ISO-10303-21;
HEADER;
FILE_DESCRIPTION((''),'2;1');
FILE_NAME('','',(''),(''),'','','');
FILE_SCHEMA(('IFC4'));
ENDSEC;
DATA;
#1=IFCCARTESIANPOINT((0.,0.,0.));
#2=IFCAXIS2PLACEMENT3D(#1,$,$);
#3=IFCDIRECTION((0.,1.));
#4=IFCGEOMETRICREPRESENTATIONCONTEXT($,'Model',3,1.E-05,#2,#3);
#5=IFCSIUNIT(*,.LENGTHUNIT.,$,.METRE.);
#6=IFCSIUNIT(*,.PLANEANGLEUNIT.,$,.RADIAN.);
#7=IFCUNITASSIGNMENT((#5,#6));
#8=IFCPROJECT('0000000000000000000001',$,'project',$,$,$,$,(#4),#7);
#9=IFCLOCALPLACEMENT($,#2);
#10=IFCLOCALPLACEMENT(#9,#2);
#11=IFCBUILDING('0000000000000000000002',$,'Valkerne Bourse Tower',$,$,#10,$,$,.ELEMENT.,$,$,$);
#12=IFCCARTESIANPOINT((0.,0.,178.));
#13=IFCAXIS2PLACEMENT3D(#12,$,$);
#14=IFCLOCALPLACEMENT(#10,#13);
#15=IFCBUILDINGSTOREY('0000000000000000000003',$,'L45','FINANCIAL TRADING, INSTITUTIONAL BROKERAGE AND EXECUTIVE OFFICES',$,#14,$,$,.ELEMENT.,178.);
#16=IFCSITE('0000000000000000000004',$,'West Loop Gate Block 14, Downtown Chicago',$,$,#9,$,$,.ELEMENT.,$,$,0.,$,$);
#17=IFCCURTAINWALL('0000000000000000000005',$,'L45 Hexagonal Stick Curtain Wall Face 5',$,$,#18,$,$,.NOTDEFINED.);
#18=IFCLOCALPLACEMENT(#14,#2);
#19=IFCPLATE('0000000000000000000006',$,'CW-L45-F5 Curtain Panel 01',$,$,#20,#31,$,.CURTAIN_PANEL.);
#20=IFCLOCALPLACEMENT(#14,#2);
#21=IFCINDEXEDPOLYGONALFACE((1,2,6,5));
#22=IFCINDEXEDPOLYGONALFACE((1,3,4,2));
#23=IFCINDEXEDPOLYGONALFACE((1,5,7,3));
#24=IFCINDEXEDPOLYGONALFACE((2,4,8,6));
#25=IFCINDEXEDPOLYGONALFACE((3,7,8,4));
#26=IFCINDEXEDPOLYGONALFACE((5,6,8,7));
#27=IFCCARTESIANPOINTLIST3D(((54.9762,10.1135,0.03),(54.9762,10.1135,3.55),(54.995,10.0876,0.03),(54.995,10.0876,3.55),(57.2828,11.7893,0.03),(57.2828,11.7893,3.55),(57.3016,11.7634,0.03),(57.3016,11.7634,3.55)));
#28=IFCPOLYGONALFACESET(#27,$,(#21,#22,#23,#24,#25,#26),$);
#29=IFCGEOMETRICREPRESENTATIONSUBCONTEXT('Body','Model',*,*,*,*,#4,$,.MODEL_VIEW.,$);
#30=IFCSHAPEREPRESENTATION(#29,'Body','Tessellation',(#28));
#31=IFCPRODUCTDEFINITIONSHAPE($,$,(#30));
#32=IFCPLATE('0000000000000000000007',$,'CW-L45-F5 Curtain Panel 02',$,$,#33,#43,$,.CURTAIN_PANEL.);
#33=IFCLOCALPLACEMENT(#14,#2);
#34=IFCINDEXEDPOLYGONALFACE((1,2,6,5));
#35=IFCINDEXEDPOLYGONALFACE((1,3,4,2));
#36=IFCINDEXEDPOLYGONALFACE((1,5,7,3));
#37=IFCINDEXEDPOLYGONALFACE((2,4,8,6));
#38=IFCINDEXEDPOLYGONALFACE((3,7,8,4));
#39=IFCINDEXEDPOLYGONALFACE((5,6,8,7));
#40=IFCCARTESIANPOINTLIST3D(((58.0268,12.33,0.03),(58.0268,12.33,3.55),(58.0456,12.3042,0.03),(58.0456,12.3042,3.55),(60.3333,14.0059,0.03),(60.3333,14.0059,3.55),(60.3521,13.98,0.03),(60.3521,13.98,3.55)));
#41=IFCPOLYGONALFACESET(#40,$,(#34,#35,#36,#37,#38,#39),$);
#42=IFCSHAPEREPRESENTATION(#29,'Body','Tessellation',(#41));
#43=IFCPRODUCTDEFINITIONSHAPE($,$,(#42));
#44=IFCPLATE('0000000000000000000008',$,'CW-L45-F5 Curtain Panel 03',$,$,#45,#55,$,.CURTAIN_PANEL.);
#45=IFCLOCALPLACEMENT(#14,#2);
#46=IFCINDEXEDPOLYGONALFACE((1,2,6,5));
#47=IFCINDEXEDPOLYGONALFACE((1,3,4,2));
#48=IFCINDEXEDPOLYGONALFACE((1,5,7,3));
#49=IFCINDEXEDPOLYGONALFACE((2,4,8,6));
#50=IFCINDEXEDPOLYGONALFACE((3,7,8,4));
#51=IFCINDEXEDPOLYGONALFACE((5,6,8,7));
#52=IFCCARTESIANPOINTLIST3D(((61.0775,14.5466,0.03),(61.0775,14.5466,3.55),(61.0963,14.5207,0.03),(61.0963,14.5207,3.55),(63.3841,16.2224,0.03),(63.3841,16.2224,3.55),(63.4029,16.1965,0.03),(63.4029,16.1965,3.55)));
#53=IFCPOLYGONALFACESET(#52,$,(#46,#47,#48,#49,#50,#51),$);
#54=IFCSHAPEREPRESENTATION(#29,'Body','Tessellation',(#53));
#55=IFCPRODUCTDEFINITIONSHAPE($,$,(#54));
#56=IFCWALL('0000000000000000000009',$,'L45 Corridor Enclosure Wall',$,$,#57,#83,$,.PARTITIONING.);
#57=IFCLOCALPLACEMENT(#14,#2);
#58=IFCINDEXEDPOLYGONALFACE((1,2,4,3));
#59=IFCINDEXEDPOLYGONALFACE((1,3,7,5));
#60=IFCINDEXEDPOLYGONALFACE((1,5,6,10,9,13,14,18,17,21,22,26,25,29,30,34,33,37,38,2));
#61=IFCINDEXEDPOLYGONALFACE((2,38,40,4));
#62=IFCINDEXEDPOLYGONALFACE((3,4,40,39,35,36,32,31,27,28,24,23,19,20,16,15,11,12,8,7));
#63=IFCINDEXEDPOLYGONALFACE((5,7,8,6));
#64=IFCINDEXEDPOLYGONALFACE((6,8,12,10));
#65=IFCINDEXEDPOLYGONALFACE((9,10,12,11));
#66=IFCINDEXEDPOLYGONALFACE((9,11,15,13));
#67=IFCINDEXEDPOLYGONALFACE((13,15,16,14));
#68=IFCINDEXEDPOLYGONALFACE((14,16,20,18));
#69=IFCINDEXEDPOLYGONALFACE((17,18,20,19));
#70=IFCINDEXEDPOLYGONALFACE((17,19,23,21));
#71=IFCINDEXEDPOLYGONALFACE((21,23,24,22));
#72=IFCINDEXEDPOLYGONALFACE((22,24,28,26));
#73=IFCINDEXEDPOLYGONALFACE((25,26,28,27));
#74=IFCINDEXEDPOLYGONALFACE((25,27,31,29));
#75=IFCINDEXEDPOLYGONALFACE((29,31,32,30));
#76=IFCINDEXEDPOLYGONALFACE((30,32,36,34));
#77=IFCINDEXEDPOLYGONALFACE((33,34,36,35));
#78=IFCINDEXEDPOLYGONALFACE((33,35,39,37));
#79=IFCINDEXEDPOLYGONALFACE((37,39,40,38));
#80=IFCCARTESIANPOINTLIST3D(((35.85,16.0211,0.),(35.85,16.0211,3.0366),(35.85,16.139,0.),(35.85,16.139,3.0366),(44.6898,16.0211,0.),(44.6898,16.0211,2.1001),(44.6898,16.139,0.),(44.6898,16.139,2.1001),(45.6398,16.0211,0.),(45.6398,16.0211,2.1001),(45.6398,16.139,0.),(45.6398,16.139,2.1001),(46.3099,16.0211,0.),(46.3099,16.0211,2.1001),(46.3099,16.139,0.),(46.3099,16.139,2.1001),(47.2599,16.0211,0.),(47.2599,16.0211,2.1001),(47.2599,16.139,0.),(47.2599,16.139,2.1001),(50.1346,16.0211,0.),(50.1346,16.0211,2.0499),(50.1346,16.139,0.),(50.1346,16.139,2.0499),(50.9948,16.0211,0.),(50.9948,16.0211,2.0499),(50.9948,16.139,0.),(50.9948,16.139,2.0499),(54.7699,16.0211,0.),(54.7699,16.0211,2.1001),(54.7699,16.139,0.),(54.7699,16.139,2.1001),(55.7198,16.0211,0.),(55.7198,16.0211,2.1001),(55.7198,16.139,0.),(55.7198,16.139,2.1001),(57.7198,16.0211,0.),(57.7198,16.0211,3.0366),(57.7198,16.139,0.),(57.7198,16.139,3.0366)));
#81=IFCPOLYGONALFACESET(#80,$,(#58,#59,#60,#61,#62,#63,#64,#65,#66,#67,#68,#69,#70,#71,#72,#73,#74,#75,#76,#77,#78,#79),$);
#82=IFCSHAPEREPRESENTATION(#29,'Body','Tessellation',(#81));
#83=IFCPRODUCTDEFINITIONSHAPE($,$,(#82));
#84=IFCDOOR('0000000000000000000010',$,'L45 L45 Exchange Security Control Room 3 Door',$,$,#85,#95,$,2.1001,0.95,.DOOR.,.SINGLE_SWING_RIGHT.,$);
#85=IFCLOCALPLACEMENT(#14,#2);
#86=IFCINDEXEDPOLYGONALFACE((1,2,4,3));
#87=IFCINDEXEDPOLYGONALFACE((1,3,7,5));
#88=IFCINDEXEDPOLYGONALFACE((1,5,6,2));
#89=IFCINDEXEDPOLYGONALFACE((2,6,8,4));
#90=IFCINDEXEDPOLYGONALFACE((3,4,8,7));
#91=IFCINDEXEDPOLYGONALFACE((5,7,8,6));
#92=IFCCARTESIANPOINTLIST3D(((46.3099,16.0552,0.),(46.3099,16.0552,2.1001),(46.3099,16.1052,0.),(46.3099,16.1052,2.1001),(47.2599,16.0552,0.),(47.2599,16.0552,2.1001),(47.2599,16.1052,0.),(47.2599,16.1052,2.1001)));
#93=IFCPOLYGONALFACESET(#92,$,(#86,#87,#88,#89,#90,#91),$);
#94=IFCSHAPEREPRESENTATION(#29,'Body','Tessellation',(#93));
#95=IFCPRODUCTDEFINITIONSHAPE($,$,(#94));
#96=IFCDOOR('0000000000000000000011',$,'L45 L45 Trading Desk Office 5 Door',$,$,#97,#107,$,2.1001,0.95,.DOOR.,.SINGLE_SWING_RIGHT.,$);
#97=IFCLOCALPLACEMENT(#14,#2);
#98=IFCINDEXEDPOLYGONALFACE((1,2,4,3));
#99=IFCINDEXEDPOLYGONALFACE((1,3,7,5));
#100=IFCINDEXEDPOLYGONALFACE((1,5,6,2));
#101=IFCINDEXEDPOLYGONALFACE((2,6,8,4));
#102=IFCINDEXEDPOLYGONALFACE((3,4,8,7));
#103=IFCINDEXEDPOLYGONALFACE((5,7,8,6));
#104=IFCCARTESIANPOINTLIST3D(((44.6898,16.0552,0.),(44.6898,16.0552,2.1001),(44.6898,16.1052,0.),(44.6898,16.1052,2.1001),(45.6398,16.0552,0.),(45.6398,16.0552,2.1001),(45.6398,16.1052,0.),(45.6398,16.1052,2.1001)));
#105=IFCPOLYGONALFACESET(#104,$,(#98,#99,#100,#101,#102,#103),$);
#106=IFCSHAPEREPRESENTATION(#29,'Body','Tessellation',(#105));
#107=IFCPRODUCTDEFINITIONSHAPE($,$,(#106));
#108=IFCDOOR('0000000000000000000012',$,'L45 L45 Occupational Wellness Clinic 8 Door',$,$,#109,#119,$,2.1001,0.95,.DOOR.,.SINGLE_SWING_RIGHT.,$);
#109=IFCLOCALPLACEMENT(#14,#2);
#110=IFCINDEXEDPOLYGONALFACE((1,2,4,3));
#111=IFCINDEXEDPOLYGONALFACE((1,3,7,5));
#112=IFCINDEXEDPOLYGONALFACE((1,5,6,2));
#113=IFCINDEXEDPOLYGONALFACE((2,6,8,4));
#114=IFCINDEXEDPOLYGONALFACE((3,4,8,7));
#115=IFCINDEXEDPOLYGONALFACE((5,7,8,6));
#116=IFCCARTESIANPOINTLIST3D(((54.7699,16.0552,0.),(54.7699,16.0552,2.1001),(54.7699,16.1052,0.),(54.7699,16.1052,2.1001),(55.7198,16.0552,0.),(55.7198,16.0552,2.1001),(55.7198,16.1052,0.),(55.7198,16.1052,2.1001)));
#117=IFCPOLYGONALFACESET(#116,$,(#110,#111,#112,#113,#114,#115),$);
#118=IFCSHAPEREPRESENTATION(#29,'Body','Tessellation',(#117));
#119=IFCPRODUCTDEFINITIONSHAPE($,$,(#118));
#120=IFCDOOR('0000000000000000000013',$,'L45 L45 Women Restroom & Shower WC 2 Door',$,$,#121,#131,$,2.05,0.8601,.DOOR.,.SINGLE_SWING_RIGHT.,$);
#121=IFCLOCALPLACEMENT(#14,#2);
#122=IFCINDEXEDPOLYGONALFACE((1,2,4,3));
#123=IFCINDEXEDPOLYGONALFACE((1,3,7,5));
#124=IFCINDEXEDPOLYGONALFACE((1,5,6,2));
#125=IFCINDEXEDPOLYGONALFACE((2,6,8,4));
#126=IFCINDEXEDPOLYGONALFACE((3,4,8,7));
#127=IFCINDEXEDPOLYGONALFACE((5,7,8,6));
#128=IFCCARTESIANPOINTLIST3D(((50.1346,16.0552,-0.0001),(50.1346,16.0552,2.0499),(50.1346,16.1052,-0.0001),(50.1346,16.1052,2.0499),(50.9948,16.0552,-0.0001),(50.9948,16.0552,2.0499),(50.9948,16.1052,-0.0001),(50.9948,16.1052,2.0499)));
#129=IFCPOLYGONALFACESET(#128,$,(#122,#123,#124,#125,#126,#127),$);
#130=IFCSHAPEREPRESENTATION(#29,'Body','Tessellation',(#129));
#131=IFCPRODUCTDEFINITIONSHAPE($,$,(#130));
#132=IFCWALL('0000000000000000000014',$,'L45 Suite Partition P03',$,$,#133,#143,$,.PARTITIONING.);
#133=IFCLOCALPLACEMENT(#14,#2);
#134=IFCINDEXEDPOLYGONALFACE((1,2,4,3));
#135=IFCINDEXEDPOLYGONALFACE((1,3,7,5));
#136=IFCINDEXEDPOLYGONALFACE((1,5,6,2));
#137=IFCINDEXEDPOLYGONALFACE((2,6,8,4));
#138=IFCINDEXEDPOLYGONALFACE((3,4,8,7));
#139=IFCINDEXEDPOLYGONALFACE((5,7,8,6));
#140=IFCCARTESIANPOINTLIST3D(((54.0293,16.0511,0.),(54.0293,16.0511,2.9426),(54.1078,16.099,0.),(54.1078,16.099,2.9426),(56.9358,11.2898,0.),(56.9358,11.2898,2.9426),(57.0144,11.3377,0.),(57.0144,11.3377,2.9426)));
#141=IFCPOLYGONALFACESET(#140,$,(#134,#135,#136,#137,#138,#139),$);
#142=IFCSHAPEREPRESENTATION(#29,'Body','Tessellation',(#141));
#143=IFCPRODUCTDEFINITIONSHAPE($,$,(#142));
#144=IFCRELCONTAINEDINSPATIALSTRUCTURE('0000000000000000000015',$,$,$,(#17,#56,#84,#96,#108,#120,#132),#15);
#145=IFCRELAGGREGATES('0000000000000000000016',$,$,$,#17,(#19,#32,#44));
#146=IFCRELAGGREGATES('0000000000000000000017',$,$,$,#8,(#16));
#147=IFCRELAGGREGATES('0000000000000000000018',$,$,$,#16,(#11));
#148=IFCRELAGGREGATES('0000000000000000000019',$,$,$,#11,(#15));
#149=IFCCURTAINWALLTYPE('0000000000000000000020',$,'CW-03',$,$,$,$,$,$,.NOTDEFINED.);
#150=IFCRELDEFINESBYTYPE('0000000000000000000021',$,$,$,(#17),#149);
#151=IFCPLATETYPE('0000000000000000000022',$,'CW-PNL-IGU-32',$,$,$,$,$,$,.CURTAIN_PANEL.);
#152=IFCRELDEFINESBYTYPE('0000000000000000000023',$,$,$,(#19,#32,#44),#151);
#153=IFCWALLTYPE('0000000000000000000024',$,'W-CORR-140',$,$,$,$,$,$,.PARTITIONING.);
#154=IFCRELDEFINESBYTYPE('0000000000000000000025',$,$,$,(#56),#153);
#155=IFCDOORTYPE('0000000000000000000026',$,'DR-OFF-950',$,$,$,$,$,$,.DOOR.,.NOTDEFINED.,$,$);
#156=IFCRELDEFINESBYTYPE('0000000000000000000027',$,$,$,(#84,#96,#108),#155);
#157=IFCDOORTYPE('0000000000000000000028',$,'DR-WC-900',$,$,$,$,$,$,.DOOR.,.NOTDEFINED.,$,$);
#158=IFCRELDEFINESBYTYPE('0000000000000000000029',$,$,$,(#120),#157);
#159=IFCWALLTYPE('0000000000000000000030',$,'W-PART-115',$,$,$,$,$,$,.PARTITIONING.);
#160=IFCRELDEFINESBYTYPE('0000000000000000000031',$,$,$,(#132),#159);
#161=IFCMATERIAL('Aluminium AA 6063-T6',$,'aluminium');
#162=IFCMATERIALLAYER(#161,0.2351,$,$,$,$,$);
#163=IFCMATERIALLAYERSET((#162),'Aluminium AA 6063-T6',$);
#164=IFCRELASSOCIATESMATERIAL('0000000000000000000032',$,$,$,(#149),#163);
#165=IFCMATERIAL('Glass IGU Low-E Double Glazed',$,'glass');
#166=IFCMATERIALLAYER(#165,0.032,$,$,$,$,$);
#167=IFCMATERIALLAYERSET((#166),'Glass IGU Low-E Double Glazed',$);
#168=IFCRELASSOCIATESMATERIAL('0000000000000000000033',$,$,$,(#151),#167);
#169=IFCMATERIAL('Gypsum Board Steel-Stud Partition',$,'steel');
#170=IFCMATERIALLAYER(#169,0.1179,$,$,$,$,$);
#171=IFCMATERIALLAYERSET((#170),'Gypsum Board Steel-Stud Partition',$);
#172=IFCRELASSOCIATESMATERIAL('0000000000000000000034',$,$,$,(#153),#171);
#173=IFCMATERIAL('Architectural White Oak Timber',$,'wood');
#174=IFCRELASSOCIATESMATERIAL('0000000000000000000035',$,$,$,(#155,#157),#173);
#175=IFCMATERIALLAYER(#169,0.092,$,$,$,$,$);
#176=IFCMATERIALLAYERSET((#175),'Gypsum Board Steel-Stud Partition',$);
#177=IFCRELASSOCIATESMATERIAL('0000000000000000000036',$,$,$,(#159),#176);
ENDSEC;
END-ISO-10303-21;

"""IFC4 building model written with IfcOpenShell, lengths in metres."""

from ifc_helpers import new_model, si_unit, direction, frame, frame_2d, origin, origin_2d, place, context, subcontext, project, spatial, rectangle, extrude, material, layer, layer_set, type_object, element, fill, aggregate, save


model = new_model("IFC4")

# Units and contexts
model_context = context("Model", 3, precision=1e-05, world=origin(), true_north=direction((0.0, 1.0)))
body_context = subcontext(model_context, "Body", "Model", "MODEL_VIEW")
ifc_project = project(units=[si_unit("LENGTHUNIT", "METRE"), si_unit("PLANEANGLEUNIT", "RADIAN")], contexts=[model_context])

# Site, building, storey
site_placement = place(None, origin())
site = spatial("IfcSite", under=ifc_project, at=site_placement, Name="West Loop Gate Block 14, Downtown Chicago", CompositionType="ELEMENT", RefElevation=0.0)
building_placement = place(site_placement, origin())
building = spatial("IfcBuilding", under=site, at=building_placement, Name="Valkerne Bourse Tower", CompositionType="ELEMENT")
storey_placement = place(building_placement, frame((0.0, 0.0, 178.0)))
storey = spatial("IfcBuildingStorey", under=building, at=storey_placement, Name="L45", Description="FINANCIAL TRADING, INSTITUTIONAL BROKERAGE AND EXECUTIVE OFFICES", CompositionType="ELEMENT", Elevation=178.0)

# Curtain wall
ifc_material_1 = material(Name="Aluminium AA 6063-T6", Category="aluminium")
ifc_layer_1 = layer(ifc_material_1, 0.2351)
ifc_layer_set_1 = layer_set([ifc_layer_1], Name="Aluminium AA 6063-T6")
curtain_wall_type = type_object("IfcCurtainWallType", Name="CW-03", PredefinedType="NOTDEFINED", material=ifc_layer_set_1)
curtain_wall_placement = place(storey_placement, origin())
curtain_wall = element("IfcCurtainWall", 1, at=curtain_wall_placement, inside=storey, type_object=curtain_wall_type, Name="L45 Hexagonal Stick Curtain Wall Face 5", PredefinedType="NOTDEFINED")

# Plates
ifc_material_2 = material(Name="Glass IGU Low-E Double Glazed", Category="glass")
ifc_layer_2 = layer(ifc_material_2, 0.032)
ifc_layer_set_2 = layer_set([ifc_layer_2], Name="Glass IGU Low-E Double Glazed")
plate_type = type_object("IfcPlateType", Name="CW-PNL-IGU-32", PredefinedType="CURTAIN_PANEL", material=ifc_layer_set_2)
plate_1_placement = place(storey_placement, frame((56.1389, 10.9385, 0.03), z_axis=(0.0, 0.0, 1.0), x_axis=(0.809022, 0.587779, 0.0)))
plate_1 = element("IfcPlate", 2, at=plate_1_placement, type_object=plate_type, Name="CW-L45-F5 Curtain Panel 01", PredefinedType="CURTAIN_PANEL", context=body_context, shape_type="SweptSolid", body=[
    extrude(rectangle(XDim=2.8511, YDim=0.032, at=origin_2d()), origin(), (0.0, 0.0, 1.0), 3.52),
])
plate_2_placement = place(storey_placement, frame((59.1895, 13.155, 0.03), z_axis=(0.0, 0.0, 1.0), x_axis=(0.809009, 0.587796, 0.0)))
plate_2 = element("IfcPlate", 3, at=plate_2_placement, type_object=plate_type, Name="CW-L45-F5 Curtain Panel 02", PredefinedType="CURTAIN_PANEL", context=body_context, shape_type="SweptSolid", body=[
    extrude(rectangle(XDim=2.8511, YDim=0.032, at=origin_2d()), origin(), (0.0, 0.0, 1.0), 3.52),
])
plate_3_placement = place(storey_placement, frame((62.2402, 15.3716, 0.03), z_axis=(0.0, 0.0, 1.0), x_axis=(0.809022, 0.587779, 0.0)))
plate_3 = element("IfcPlate", 4, at=plate_3_placement, type_object=plate_type, Name="CW-L45-F5 Curtain Panel 03", PredefinedType="CURTAIN_PANEL", context=body_context, shape_type="SweptSolid", body=[
    extrude(rectangle(XDim=2.8511, YDim=0.032, at=origin_2d()), origin(), (0.0, 0.0, 1.0), 3.52),
])
aggregate(curtain_wall, [plate_1, plate_2, plate_3])

# Wall, openings, doors
ifc_material_3 = material(Name="Gypsum Board Steel-Stud Partition", Category="steel")
ifc_layer_3 = layer(ifc_material_3, 0.1179)
ifc_layer_set_3 = layer_set([ifc_layer_3], Name="Gypsum Board Steel-Stud Partition")
wall_type_1 = type_object("IfcWallType", Name="W-CORR-140", PredefinedType="PARTITIONING", material=ifc_layer_set_3)
wall_1_placement = place(storey_placement, frame((57.72, 16.0801, 0.0), z_axis=(0.0, 0.0, 1.0), x_axis=(-1.0, 0.0, 0.0)))
wall_1 = element("IfcWall", 5, at=wall_1_placement, inside=storey, type_object=wall_type_1, Name="L45 Corridor Enclosure Wall", PredefinedType="PARTITIONING", context=body_context, shape_type="SweptSolid", body=[
    extrude(rectangle(XDim=21.8699, YDim=0.1179, at=frame_2d((10.9351, 0.0))), origin(), (0.0, 0.0, 1.0), 3.0366),
])
opening_1_placement = place(wall_1_placement, frame((6.7251, 0.0, 0.0)))
opening_1 = element("IfcOpeningElement", 6, at=opening_1_placement, cuts=wall_1, PredefinedType="OPENING", context=body_context, shape_type="SweptSolid", body=[
    extrude(rectangle(XDim=0.8601, YDim=2.05, at=frame_2d((0.4302, 1.0249))), frame((0.0, 0.0688, 0.0), z_axis=(0.0, -1.0, 0.0), x_axis=(1.0, 0.0, 0.0)), (0.0, 0.0, 1.0), 0.1379),
])
opening_2_placement = place(wall_1_placement, frame((10.46, 0.0, 0.0)))
opening_2 = element("IfcOpeningElement", 7, at=opening_2_placement, cuts=wall_1, PredefinedType="OPENING", context=body_context, shape_type="SweptSolid", body=[
    extrude(rectangle(XDim=0.95, YDim=2.1001, at=frame_2d((0.4751, 1.05))), frame((0.0, 0.0688, 0.0), z_axis=(0.0, -1.0, 0.0), x_axis=(1.0, 0.0, 0.0)), (0.0, 0.0, 1.0), 0.1379),
])
opening_3_placement = place(wall_1_placement, frame((12.0801, 0.0, 0.0)))
opening_3 = element("IfcOpeningElement", 8, at=opening_3_placement, cuts=wall_1, PredefinedType="OPENING", context=body_context, shape_type="SweptSolid", body=[
    extrude(rectangle(XDim=0.95, YDim=2.1001, at=frame_2d((0.4751, 1.05))), frame((0.0, 0.0688, 0.0), z_axis=(0.0, -1.0, 0.0), x_axis=(1.0, 0.0, 0.0)), (0.0, 0.0, 1.0), 0.1379),
])
opening_4_placement = place(wall_1_placement, frame((2.0, 0.0, 0.0)))
opening_4 = element("IfcOpeningElement", 9, at=opening_4_placement, cuts=wall_1, PredefinedType="OPENING", context=body_context, shape_type="SweptSolid", body=[
    extrude(rectangle(XDim=0.95, YDim=2.1001, at=frame_2d((0.4751, 1.05))), frame((0.0, 0.0688, 0.0), z_axis=(0.0, -1.0, 0.0), x_axis=(1.0, 0.0, 0.0)), (0.0, 0.0, 1.0), 0.1379),
])
ifc_material_4 = material(Name="Architectural White Oak Timber", Category="wood")
door_type_1 = type_object("IfcDoorType", Name="DR-OFF-950", OperationType="NOTDEFINED", PredefinedType="DOOR", material=ifc_material_4)
door_1_placement = place(opening_2_placement, origin())
door_1 = element("IfcDoor", 10, at=door_1_placement, inside=storey, type_object=door_type_1, Name="L45 L45 Exchange Security Control Room 3 Door", OperationType="SINGLE_SWING_RIGHT", OverallHeight=2.1001, OverallWidth=0.95, PredefinedType="DOOR", context=body_context, shape_type="SweptSolid", body=[
    extrude(rectangle(XDim=0.95, YDim=2.1001, at=frame_2d((0.4751, 1.05))), frame((0.0, 0.0249, 0.0), z_axis=(0.0, -1.0, 0.0), x_axis=(1.0, 0.0, 0.0)), (0.0, 0.0, 1.0), 0.05),
])
fill(opening_2, door_1)
door_2_placement = place(opening_3_placement, origin())
door_2 = element("IfcDoor", 11, at=door_2_placement, inside=storey, type_object=door_type_1, Name="L45 L45 Trading Desk Office 5 Door", OperationType="SINGLE_SWING_RIGHT", OverallHeight=2.1001, OverallWidth=0.95, PredefinedType="DOOR", context=body_context, shape_type="SweptSolid", body=[
    extrude(rectangle(XDim=0.95, YDim=2.1001, at=frame_2d((0.4751, 1.05))), frame((0.0, 0.0249, 0.0), z_axis=(0.0, -1.0, 0.0), x_axis=(1.0, 0.0, 0.0)), (0.0, 0.0, 1.0), 0.05),
])
fill(opening_3, door_2)
door_3_placement = place(opening_4_placement, origin())
door_3 = element("IfcDoor", 12, at=door_3_placement, inside=storey, type_object=door_type_1, Name="L45 L45 Occupational Wellness Clinic 8 Door", OperationType="SINGLE_SWING_RIGHT", OverallHeight=2.1001, OverallWidth=0.95, PredefinedType="DOOR", context=body_context, shape_type="SweptSolid", body=[
    extrude(rectangle(XDim=0.95, YDim=2.1001, at=frame_2d((0.4751, 1.05))), frame((0.0, 0.0249, 0.0), z_axis=(0.0, -1.0, 0.0), x_axis=(1.0, 0.0, 0.0)), (0.0, 0.0, 1.0), 0.05),
])
fill(opening_4, door_3)
door_type_2 = type_object("IfcDoorType", Name="DR-WC-900", OperationType="NOTDEFINED", PredefinedType="DOOR", material=ifc_material_4)
door_4_placement = place(opening_1_placement, origin())
door_4 = element("IfcDoor", 13, at=door_4_placement, inside=storey, type_object=door_type_2, Name="L45 L45 Women Restroom & Shower WC 2 Door", OperationType="SINGLE_SWING_RIGHT", OverallHeight=2.05, OverallWidth=0.8601, PredefinedType="DOOR", context=body_context, shape_type="SweptSolid", body=[
    extrude(rectangle(XDim=0.8601, YDim=2.05, at=frame_2d((0.4302, 1.0249))), frame((0.0, 0.0249, 0.0), z_axis=(0.0, -1.0, 0.0), x_axis=(1.0, 0.0, 0.0)), (0.0, 0.0, 1.0), 0.05),
])
fill(opening_1, door_4)

# Wall
ifc_layer_4 = layer(ifc_material_3, 0.092)
ifc_layer_set_4 = layer_set([ifc_layer_4], Name="Gypsum Board Steel-Stud Partition")
wall_type_2 = type_object("IfcWallType", Name="W-PART-115", PredefinedType="PARTITIONING", material=ifc_layer_set_4)
wall_2_placement = place(storey_placement, frame((54.0686, 16.075, 0.0), z_axis=(0.0, 0.0, 1.0), x_axis=(0.521039, -0.853533, 0.0)))
element("IfcWall", 14, at=wall_2_placement, inside=storey, type_object=wall_type_2, Name="L45 Suite Partition P03", PredefinedType="PARTITIONING", context=body_context, shape_type="SweptSolid", body=[
    extrude(rectangle(XDim=5.5784, YDim=0.092, at=frame_2d((2.7891, 0.0))), origin(), (0.0, 0.0, 1.0), 2.9426),
])

save(model, "model.ifc")
